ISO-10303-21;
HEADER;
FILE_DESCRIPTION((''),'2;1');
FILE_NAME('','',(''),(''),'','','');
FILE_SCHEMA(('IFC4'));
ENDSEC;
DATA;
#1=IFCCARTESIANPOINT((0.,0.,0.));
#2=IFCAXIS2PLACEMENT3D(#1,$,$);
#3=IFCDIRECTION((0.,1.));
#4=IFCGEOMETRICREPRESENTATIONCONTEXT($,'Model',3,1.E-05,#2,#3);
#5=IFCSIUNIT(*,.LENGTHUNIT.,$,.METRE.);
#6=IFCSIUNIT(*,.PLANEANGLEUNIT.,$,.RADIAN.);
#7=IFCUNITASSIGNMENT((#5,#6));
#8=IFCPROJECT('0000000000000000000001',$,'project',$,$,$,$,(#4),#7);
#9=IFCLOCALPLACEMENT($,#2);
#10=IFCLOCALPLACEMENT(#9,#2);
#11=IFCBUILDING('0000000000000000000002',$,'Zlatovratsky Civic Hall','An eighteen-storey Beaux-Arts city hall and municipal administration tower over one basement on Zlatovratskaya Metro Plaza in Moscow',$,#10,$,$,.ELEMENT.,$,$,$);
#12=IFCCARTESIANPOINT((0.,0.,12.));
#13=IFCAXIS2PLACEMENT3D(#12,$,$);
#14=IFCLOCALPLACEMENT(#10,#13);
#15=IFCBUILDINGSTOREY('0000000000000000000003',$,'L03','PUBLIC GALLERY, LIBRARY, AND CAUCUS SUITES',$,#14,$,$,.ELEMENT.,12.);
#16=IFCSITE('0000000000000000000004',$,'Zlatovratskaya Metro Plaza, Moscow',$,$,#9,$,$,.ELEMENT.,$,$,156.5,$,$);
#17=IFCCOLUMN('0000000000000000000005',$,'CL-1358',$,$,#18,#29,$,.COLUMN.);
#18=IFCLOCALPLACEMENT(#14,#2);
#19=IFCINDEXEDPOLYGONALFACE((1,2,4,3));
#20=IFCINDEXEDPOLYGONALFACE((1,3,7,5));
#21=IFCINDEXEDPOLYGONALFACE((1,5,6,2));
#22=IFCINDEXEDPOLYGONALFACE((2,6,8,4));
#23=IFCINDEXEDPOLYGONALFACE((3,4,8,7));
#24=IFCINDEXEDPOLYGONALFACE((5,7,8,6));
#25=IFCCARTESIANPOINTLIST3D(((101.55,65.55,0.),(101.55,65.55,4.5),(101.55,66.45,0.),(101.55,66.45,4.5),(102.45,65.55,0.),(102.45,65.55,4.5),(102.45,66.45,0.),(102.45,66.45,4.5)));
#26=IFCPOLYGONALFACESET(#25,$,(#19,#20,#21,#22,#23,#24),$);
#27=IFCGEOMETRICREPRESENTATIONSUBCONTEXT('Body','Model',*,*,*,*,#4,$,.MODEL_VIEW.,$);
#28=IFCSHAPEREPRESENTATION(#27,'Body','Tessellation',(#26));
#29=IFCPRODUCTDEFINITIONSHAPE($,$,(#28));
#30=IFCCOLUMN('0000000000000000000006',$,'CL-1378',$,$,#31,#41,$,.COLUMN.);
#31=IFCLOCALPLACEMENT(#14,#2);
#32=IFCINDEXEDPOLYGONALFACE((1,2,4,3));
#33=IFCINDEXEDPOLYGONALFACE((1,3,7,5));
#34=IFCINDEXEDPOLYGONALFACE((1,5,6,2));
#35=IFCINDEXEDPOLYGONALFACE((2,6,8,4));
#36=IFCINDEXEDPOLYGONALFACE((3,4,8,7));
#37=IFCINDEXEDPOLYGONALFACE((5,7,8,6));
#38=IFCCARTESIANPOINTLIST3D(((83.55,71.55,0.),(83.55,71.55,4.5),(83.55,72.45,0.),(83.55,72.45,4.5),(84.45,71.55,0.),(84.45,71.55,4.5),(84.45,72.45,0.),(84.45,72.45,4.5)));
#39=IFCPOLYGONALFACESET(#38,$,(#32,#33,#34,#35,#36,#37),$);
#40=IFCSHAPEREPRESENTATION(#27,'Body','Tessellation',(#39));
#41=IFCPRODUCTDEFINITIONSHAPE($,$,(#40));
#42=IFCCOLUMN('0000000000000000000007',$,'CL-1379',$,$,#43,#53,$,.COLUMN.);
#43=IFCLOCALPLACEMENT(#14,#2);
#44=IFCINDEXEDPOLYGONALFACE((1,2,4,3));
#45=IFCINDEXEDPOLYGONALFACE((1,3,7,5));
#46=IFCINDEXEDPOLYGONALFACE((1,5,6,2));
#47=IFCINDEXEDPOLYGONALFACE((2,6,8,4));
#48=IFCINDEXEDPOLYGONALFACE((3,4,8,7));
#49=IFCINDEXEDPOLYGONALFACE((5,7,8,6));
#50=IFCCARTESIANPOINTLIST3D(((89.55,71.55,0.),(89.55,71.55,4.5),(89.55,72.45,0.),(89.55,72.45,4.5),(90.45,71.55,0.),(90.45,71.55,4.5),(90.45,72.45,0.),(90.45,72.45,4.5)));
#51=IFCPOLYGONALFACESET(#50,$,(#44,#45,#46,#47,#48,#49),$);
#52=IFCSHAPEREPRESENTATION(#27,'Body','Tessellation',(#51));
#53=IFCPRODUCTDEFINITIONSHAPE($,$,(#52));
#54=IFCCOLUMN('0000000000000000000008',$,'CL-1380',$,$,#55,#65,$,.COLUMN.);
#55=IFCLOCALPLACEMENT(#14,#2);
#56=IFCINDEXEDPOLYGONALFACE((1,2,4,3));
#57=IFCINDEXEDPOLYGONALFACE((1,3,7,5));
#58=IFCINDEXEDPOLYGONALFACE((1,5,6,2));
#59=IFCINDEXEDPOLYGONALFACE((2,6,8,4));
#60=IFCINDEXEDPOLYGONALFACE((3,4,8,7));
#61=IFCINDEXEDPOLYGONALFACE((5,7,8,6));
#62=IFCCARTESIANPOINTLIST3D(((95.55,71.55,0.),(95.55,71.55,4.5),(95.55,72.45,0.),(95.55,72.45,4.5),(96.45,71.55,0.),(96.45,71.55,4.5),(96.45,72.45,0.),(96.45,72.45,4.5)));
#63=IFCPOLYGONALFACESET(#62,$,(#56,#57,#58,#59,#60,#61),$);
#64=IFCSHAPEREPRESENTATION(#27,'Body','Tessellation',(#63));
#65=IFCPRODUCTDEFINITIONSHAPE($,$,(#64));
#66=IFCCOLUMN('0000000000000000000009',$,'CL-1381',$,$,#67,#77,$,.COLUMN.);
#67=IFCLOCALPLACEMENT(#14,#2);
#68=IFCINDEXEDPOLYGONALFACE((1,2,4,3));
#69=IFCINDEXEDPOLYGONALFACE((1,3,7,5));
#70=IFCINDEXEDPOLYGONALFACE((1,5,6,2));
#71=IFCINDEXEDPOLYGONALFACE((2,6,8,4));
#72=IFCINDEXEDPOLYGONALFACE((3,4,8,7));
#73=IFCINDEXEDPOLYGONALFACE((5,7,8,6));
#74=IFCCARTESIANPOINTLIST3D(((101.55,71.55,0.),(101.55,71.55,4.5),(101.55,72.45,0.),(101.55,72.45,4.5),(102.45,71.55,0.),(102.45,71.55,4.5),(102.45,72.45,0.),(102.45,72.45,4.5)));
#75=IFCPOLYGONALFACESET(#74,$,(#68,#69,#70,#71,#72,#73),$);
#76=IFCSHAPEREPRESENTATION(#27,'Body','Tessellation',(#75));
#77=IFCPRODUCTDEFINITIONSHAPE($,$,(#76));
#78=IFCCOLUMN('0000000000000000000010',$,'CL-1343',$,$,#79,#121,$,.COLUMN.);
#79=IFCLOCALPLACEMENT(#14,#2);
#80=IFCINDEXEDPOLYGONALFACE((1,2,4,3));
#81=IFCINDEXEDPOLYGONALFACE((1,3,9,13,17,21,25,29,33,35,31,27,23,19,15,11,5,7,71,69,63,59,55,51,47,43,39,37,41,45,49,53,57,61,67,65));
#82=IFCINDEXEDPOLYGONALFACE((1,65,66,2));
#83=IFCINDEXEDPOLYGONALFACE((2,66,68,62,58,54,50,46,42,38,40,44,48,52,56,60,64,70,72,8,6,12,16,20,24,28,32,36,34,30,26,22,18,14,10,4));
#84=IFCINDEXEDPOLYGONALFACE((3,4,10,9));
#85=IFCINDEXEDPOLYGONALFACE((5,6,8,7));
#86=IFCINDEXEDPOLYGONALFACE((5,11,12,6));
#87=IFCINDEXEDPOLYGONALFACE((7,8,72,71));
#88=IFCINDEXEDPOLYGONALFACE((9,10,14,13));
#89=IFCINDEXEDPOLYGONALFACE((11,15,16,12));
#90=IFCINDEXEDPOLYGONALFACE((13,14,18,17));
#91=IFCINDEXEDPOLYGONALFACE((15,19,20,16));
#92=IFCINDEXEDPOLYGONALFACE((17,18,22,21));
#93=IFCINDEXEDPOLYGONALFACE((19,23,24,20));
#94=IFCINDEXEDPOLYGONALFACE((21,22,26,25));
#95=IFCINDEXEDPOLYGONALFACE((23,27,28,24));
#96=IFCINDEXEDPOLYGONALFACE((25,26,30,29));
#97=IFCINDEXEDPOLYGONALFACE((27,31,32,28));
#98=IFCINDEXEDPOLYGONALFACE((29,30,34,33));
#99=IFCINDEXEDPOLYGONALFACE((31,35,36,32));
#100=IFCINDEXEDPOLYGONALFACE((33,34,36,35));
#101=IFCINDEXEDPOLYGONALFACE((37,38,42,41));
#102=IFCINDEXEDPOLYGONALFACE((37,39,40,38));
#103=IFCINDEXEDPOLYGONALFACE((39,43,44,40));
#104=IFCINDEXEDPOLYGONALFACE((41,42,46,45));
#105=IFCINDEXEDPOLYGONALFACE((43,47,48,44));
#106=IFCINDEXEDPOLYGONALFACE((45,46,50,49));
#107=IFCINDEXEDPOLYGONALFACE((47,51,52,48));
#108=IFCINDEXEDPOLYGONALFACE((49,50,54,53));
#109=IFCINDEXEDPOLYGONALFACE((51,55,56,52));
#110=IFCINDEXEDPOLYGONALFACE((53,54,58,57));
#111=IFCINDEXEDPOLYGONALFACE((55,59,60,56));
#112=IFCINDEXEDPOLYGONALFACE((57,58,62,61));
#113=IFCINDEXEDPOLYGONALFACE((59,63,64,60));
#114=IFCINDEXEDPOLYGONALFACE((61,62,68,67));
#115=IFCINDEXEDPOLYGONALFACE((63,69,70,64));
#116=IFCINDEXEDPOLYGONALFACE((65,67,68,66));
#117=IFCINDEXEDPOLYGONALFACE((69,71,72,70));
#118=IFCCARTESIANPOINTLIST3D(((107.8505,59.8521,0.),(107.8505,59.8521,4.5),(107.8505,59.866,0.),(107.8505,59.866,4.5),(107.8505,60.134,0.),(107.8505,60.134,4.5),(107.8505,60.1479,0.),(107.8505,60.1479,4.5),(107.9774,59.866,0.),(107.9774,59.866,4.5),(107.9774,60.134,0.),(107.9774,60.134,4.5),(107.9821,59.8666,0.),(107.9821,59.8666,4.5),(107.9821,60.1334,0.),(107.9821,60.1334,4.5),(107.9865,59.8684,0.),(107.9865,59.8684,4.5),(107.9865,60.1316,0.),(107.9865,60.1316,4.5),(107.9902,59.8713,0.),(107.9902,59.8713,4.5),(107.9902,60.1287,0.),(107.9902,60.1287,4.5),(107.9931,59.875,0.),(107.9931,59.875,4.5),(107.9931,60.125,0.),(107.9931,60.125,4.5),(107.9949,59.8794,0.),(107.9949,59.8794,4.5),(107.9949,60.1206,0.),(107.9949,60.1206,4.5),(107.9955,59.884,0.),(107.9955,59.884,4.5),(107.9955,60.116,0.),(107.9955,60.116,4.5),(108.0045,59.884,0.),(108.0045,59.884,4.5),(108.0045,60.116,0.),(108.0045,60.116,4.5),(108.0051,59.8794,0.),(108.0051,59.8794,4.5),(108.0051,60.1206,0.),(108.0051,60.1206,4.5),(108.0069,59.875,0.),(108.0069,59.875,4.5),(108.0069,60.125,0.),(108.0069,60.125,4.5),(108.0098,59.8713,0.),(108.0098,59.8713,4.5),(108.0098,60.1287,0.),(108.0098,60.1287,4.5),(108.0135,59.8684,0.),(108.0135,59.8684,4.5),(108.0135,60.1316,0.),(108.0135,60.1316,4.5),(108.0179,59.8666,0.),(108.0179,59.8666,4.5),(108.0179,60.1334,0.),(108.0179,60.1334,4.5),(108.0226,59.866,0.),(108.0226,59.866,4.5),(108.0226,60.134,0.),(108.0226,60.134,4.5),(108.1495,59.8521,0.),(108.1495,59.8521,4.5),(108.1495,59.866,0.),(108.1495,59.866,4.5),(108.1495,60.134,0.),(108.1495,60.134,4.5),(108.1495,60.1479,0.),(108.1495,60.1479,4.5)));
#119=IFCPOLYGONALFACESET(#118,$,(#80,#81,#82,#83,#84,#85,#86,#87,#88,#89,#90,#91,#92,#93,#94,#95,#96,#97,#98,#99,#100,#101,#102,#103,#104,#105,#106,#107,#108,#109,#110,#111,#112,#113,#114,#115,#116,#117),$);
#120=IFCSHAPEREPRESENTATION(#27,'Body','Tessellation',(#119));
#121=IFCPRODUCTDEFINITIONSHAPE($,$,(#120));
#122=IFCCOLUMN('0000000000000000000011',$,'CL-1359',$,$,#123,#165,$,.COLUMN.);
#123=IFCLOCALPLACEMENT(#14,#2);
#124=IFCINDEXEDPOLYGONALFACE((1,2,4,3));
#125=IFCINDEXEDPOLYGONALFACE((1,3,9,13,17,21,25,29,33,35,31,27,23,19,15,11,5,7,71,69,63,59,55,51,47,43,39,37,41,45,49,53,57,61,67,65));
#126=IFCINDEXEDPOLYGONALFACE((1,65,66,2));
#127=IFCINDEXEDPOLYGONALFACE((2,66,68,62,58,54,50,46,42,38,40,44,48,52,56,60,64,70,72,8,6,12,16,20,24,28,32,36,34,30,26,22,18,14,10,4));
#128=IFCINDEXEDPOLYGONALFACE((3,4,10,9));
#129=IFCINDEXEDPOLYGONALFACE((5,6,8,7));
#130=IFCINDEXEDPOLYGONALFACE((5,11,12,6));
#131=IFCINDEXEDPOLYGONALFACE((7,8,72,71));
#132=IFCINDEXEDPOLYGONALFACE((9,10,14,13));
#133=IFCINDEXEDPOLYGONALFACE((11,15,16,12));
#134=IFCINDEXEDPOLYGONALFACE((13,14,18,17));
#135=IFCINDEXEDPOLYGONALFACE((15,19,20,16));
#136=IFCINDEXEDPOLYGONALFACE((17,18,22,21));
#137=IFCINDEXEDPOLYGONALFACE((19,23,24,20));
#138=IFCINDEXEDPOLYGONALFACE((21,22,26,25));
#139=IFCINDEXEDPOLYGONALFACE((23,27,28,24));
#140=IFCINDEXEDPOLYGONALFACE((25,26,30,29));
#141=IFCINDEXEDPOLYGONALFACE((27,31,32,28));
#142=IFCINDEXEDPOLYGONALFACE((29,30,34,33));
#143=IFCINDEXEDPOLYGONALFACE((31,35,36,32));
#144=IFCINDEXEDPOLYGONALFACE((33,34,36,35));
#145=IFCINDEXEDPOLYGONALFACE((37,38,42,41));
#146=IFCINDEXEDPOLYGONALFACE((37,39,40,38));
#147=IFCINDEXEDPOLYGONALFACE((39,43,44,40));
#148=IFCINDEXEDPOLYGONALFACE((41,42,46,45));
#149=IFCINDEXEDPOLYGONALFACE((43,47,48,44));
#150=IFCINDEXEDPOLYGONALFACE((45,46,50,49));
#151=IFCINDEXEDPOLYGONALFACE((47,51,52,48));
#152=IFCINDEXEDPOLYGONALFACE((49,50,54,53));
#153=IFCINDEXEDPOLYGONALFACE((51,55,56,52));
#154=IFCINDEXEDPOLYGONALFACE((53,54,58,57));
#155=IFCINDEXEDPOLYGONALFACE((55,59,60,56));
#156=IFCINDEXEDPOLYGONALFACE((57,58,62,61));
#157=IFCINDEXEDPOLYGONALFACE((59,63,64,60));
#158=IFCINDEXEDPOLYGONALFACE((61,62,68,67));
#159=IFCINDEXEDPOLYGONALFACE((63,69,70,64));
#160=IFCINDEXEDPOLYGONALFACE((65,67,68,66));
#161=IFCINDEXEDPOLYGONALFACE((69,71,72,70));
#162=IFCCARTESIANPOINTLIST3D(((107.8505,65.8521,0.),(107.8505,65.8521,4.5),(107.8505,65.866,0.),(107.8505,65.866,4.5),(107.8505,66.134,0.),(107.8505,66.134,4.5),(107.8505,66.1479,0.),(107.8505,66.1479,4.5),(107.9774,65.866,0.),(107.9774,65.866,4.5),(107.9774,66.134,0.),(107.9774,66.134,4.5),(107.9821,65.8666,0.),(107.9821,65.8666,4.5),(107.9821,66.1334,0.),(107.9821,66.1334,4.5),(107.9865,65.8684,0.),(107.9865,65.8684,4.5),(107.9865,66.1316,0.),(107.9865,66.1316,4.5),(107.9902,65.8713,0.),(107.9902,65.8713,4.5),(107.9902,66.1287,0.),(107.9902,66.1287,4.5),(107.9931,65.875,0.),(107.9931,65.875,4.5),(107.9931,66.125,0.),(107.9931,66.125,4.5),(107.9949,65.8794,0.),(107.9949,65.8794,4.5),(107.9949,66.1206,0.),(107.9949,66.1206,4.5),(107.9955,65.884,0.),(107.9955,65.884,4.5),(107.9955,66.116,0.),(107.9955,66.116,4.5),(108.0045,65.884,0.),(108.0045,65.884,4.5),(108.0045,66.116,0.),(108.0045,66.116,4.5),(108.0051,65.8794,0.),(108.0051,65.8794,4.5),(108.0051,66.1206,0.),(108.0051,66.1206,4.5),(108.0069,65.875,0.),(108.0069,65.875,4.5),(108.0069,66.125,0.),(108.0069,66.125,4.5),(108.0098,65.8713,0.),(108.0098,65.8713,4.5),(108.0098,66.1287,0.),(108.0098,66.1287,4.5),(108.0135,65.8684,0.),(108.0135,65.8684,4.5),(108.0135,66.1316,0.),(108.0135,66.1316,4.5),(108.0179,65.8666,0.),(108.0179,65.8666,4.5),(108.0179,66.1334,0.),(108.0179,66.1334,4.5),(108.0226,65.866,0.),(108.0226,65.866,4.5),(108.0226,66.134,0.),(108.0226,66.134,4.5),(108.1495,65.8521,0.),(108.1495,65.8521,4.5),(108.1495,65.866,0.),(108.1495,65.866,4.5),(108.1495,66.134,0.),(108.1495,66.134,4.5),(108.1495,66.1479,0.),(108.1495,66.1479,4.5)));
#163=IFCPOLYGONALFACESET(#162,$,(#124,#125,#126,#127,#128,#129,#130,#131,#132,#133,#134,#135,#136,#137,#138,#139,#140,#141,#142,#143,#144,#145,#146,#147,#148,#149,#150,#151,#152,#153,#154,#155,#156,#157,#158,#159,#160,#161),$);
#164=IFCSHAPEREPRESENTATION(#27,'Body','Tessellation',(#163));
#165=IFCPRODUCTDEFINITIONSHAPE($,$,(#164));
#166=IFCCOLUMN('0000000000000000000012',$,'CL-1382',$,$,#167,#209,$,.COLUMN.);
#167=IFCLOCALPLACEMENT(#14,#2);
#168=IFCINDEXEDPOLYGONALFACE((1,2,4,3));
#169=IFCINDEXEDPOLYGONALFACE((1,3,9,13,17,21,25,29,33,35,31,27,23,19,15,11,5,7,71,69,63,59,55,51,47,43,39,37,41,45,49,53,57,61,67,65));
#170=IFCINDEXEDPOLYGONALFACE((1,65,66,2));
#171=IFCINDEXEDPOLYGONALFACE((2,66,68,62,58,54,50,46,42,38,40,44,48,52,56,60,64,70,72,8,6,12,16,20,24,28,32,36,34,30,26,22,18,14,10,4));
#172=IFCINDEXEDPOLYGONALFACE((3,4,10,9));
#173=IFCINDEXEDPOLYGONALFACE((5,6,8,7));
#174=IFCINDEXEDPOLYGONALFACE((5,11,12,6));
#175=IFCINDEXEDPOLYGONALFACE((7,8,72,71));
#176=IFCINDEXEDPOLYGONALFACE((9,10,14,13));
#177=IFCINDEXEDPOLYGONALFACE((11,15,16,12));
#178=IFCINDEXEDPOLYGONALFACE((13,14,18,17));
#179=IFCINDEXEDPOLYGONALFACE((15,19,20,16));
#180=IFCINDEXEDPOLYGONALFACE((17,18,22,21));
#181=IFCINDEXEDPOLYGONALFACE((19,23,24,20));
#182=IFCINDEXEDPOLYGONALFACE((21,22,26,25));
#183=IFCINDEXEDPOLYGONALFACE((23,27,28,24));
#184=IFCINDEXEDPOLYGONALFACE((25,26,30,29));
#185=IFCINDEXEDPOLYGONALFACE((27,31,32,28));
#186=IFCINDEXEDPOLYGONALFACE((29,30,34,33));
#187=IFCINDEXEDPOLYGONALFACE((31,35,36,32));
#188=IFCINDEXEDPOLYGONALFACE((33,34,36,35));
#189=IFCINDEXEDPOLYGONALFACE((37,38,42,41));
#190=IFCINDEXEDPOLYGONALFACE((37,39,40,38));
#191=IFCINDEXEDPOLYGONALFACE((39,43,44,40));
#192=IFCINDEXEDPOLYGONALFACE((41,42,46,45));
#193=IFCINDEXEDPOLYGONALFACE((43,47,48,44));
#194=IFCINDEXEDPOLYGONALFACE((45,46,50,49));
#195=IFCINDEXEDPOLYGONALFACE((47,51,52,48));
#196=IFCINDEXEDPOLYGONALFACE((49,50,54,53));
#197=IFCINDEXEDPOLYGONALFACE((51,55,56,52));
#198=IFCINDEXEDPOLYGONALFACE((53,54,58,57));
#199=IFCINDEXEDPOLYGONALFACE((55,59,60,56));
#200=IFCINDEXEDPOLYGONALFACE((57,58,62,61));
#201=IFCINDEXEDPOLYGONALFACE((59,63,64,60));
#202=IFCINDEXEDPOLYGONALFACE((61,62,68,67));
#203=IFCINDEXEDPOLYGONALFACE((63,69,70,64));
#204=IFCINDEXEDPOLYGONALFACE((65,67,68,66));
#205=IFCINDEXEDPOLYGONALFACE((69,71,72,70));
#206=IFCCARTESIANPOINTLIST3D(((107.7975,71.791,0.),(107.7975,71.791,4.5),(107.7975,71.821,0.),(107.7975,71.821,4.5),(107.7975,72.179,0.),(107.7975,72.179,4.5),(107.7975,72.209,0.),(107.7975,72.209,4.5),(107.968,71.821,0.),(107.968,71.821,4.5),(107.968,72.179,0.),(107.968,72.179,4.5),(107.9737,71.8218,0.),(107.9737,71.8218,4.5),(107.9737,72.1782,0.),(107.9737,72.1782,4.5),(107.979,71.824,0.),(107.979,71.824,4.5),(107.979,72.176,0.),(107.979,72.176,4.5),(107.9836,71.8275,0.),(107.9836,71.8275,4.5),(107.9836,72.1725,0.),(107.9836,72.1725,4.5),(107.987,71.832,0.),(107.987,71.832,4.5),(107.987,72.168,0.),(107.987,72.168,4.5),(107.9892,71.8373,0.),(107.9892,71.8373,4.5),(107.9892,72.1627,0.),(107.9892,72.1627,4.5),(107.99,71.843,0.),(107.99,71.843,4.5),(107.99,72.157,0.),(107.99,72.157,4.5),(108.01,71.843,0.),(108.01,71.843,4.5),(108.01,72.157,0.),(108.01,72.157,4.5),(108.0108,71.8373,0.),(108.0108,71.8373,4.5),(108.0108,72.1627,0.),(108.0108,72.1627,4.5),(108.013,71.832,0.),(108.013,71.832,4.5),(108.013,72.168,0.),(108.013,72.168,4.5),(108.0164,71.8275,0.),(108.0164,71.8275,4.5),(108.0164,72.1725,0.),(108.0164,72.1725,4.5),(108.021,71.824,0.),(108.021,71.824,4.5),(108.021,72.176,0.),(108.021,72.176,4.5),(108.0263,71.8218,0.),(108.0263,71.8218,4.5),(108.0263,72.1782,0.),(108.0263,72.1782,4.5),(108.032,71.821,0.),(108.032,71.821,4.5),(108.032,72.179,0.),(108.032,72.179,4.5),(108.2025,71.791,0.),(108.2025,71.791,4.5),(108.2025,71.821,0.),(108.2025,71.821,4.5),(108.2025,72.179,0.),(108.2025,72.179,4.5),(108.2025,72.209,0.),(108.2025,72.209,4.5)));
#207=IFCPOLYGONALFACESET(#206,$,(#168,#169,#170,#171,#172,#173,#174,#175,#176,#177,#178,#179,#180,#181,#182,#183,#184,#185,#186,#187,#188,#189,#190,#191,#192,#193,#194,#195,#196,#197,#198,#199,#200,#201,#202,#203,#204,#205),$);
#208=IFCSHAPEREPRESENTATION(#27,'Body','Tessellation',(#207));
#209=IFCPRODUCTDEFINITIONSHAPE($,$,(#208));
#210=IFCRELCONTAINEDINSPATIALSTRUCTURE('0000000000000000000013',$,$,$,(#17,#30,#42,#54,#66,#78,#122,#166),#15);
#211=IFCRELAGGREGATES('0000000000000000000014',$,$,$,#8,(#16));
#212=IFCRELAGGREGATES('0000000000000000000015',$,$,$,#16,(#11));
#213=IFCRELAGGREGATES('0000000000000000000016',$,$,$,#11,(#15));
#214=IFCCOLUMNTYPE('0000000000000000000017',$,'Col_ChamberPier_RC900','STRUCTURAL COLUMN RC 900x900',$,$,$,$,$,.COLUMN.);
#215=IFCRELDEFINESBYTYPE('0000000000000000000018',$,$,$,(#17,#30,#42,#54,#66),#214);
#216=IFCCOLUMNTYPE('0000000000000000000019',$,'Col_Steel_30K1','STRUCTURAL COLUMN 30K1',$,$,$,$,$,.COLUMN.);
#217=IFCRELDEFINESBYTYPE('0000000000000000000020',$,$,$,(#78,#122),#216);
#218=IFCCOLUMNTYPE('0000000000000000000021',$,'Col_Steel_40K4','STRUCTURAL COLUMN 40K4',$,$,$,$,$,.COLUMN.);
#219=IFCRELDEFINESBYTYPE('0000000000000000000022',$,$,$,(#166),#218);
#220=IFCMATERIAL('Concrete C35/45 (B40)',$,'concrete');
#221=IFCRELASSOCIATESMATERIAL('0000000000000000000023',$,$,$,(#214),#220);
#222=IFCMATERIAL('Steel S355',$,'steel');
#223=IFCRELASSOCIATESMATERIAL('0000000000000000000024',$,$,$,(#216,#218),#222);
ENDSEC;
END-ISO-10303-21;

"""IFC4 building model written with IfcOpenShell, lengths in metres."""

from ifc_helpers import new_model, si_unit, direction, frame, origin, origin_2d, place, context, subcontext, project, spatial, rectangle, i_section, extrude, material, material_profile, profile_set, type_object, element, save


model = new_model("IFC4")

# Units and contexts
model_context = context("Model", 3, precision=1e-05, world=origin(), true_north=direction((0.0, 1.0)))
body_context = subcontext(model_context, "Body", "Model", "MODEL_VIEW")
ifc_project = project(units=[si_unit("LENGTHUNIT", "METRE"), si_unit("PLANEANGLEUNIT", "RADIAN")], contexts=[model_context])

# Site, building, storey
site_placement = place(None, origin())
site = spatial("IfcSite", under=ifc_project, at=site_placement, Name="Zlatovratskaya Metro Plaza, Moscow", CompositionType="ELEMENT", RefElevation=156.5)
building_placement = place(site_placement, origin())
building = spatial("IfcBuilding", under=site, at=building_placement, Name="Zlatovratsky Civic Hall", Description="An eighteen-storey Beaux-Arts city hall and municipal administration tower over one basement on Zlatovratskaya Metro Plaza in Moscow", CompositionType="ELEMENT")
storey_placement = place(building_placement, frame((0.0, 0.0, 12.0)))
storey = spatial("IfcBuildingStorey", under=building, at=storey_placement, Name="L03", Description="PUBLIC GALLERY, LIBRARY, AND CAUCUS SUITES", CompositionType="ELEMENT", Elevation=12.0)

# Columns
ifc_material_1 = material(Name="Concrete C35/45 (B40)", Category="concrete")
ifc_material_profile_1 = material_profile(ifc_material_1, rectangle(XDim=0.8999, YDim=0.8999, at=origin_2d()), Name="RC 900x900")
ifc_profile_set_1 = profile_set([ifc_material_profile_1], Name="Concrete C35/45 (B40)")
column_type_1 = type_object("IfcColumnType", Name="Col_ChamberPier_RC900", Description="STRUCTURAL COLUMN RC 900x900", PredefinedType="COLUMN", material=ifc_profile_set_1)
for number, where, z_axis, x_axis, name in (
    (1, (102.0, 66.0, 0.0), (0.0, 0.0, 1.0), (1.0, 0.0, 0.0), "CL-1358"),
    (2, (84.0, 72.0, 0.0), (0.0, 0.0, 1.0), (1.0, 0.0, 0.0), "CL-1378"),
    (3, (90.0, 72.0, 0.0), (0.0, 0.0, 1.0), (1.0, 0.0, 0.0), "CL-1379"),
    (4, (96.0, 72.0, 0.0), (0.0, 0.0, 1.0), (1.0, 0.0, 0.0), "CL-1380"),
    (5, (102.0, 72.0, 0.0), (0.0, 0.0, 1.0), (1.0, 0.0, 0.0), "CL-1381"),
):
    element("IfcColumn", number, at=place(storey_placement, frame(where, z_axis=z_axis, x_axis=x_axis)), inside=storey, type_object=column_type_1, Name=name, PredefinedType="COLUMN", context=body_context, shape_type="SweptSolid", body=[
        extrude(rectangle(XDim=0.8999, YDim=0.8999, at=origin_2d()), origin(), (0.0, 0.0, 1.0), 4.5),
    ])
ifc_material_2 = material(Name="Steel S355", Category="steel")
ifc_material_profile_2 = material_profile(ifc_material_2, i_section(OverallWidth=0.2991, OverallDepth=0.2959, WebThickness=0.009, FlangeThickness=0.0139, FilletRadius=0.0181, at=origin_2d()), Name="30K1")
ifc_profile_set_2 = profile_set([ifc_material_profile_2], Name="Steel S355")
column_type_2 = type_object("IfcColumnType", Name="Col_Steel_30K1", Description="STRUCTURAL COLUMN 30K1", PredefinedType="COLUMN", material=ifc_profile_set_2)
for number, where, z_axis, x_axis, name in (
    (6, (108.0, 60.0, 0.0), (0.0, 0.0, 1.0), (1.0, 0.0, 0.0), "CL-1343"),
    (7, (108.0, 66.0, 0.0), (0.0, 0.0, 1.0), (1.0, 0.0, 0.0), "CL-1359"),
):
    element("IfcColumn", number, at=place(storey_placement, frame(where, z_axis=z_axis, x_axis=x_axis)), inside=storey, type_object=column_type_2, Name=name, PredefinedType="COLUMN", context=body_context, shape_type="SweptSolid", body=[
        extrude(i_section(OverallWidth=0.2991, OverallDepth=0.2959, WebThickness=0.009, FlangeThickness=0.0139, FilletRadius=0.0181, at=origin_2d()), origin(), (0.0, 0.0, 1.0), 4.5),
    ])
ifc_material_profile_3 = material_profile(ifc_material_2, i_section(OverallWidth=0.405, OverallDepth=0.418, WebThickness=0.02, FlangeThickness=0.03, FilletRadius=0.022, at=origin_2d()), Name="40K4")
ifc_profile_set_3 = profile_set([ifc_material_profile_3], Name="Steel S355")
column_type_3 = type_object("IfcColumnType", Name="Col_Steel_40K4", Description="STRUCTURAL COLUMN 40K4", PredefinedType="COLUMN", material=ifc_profile_set_3)
for number, where, z_axis, x_axis, name in (
    (8, (108.0, 72.0, 0.0), (0.0, 0.0, 1.0), (1.0, 0.0, 0.0), "CL-1382"),
):
    element("IfcColumn", number, at=place(storey_placement, frame(where, z_axis=z_axis, x_axis=x_axis)), inside=storey, type_object=column_type_3, Name=name, PredefinedType="COLUMN", context=body_context, shape_type="SweptSolid", body=[
        extrude(i_section(OverallWidth=0.405, OverallDepth=0.418, WebThickness=0.02, FlangeThickness=0.03, FilletRadius=0.022, at=origin_2d()), origin(), (0.0, 0.0, 1.0), 4.5),
    ])

save(model, "model.ifc")
